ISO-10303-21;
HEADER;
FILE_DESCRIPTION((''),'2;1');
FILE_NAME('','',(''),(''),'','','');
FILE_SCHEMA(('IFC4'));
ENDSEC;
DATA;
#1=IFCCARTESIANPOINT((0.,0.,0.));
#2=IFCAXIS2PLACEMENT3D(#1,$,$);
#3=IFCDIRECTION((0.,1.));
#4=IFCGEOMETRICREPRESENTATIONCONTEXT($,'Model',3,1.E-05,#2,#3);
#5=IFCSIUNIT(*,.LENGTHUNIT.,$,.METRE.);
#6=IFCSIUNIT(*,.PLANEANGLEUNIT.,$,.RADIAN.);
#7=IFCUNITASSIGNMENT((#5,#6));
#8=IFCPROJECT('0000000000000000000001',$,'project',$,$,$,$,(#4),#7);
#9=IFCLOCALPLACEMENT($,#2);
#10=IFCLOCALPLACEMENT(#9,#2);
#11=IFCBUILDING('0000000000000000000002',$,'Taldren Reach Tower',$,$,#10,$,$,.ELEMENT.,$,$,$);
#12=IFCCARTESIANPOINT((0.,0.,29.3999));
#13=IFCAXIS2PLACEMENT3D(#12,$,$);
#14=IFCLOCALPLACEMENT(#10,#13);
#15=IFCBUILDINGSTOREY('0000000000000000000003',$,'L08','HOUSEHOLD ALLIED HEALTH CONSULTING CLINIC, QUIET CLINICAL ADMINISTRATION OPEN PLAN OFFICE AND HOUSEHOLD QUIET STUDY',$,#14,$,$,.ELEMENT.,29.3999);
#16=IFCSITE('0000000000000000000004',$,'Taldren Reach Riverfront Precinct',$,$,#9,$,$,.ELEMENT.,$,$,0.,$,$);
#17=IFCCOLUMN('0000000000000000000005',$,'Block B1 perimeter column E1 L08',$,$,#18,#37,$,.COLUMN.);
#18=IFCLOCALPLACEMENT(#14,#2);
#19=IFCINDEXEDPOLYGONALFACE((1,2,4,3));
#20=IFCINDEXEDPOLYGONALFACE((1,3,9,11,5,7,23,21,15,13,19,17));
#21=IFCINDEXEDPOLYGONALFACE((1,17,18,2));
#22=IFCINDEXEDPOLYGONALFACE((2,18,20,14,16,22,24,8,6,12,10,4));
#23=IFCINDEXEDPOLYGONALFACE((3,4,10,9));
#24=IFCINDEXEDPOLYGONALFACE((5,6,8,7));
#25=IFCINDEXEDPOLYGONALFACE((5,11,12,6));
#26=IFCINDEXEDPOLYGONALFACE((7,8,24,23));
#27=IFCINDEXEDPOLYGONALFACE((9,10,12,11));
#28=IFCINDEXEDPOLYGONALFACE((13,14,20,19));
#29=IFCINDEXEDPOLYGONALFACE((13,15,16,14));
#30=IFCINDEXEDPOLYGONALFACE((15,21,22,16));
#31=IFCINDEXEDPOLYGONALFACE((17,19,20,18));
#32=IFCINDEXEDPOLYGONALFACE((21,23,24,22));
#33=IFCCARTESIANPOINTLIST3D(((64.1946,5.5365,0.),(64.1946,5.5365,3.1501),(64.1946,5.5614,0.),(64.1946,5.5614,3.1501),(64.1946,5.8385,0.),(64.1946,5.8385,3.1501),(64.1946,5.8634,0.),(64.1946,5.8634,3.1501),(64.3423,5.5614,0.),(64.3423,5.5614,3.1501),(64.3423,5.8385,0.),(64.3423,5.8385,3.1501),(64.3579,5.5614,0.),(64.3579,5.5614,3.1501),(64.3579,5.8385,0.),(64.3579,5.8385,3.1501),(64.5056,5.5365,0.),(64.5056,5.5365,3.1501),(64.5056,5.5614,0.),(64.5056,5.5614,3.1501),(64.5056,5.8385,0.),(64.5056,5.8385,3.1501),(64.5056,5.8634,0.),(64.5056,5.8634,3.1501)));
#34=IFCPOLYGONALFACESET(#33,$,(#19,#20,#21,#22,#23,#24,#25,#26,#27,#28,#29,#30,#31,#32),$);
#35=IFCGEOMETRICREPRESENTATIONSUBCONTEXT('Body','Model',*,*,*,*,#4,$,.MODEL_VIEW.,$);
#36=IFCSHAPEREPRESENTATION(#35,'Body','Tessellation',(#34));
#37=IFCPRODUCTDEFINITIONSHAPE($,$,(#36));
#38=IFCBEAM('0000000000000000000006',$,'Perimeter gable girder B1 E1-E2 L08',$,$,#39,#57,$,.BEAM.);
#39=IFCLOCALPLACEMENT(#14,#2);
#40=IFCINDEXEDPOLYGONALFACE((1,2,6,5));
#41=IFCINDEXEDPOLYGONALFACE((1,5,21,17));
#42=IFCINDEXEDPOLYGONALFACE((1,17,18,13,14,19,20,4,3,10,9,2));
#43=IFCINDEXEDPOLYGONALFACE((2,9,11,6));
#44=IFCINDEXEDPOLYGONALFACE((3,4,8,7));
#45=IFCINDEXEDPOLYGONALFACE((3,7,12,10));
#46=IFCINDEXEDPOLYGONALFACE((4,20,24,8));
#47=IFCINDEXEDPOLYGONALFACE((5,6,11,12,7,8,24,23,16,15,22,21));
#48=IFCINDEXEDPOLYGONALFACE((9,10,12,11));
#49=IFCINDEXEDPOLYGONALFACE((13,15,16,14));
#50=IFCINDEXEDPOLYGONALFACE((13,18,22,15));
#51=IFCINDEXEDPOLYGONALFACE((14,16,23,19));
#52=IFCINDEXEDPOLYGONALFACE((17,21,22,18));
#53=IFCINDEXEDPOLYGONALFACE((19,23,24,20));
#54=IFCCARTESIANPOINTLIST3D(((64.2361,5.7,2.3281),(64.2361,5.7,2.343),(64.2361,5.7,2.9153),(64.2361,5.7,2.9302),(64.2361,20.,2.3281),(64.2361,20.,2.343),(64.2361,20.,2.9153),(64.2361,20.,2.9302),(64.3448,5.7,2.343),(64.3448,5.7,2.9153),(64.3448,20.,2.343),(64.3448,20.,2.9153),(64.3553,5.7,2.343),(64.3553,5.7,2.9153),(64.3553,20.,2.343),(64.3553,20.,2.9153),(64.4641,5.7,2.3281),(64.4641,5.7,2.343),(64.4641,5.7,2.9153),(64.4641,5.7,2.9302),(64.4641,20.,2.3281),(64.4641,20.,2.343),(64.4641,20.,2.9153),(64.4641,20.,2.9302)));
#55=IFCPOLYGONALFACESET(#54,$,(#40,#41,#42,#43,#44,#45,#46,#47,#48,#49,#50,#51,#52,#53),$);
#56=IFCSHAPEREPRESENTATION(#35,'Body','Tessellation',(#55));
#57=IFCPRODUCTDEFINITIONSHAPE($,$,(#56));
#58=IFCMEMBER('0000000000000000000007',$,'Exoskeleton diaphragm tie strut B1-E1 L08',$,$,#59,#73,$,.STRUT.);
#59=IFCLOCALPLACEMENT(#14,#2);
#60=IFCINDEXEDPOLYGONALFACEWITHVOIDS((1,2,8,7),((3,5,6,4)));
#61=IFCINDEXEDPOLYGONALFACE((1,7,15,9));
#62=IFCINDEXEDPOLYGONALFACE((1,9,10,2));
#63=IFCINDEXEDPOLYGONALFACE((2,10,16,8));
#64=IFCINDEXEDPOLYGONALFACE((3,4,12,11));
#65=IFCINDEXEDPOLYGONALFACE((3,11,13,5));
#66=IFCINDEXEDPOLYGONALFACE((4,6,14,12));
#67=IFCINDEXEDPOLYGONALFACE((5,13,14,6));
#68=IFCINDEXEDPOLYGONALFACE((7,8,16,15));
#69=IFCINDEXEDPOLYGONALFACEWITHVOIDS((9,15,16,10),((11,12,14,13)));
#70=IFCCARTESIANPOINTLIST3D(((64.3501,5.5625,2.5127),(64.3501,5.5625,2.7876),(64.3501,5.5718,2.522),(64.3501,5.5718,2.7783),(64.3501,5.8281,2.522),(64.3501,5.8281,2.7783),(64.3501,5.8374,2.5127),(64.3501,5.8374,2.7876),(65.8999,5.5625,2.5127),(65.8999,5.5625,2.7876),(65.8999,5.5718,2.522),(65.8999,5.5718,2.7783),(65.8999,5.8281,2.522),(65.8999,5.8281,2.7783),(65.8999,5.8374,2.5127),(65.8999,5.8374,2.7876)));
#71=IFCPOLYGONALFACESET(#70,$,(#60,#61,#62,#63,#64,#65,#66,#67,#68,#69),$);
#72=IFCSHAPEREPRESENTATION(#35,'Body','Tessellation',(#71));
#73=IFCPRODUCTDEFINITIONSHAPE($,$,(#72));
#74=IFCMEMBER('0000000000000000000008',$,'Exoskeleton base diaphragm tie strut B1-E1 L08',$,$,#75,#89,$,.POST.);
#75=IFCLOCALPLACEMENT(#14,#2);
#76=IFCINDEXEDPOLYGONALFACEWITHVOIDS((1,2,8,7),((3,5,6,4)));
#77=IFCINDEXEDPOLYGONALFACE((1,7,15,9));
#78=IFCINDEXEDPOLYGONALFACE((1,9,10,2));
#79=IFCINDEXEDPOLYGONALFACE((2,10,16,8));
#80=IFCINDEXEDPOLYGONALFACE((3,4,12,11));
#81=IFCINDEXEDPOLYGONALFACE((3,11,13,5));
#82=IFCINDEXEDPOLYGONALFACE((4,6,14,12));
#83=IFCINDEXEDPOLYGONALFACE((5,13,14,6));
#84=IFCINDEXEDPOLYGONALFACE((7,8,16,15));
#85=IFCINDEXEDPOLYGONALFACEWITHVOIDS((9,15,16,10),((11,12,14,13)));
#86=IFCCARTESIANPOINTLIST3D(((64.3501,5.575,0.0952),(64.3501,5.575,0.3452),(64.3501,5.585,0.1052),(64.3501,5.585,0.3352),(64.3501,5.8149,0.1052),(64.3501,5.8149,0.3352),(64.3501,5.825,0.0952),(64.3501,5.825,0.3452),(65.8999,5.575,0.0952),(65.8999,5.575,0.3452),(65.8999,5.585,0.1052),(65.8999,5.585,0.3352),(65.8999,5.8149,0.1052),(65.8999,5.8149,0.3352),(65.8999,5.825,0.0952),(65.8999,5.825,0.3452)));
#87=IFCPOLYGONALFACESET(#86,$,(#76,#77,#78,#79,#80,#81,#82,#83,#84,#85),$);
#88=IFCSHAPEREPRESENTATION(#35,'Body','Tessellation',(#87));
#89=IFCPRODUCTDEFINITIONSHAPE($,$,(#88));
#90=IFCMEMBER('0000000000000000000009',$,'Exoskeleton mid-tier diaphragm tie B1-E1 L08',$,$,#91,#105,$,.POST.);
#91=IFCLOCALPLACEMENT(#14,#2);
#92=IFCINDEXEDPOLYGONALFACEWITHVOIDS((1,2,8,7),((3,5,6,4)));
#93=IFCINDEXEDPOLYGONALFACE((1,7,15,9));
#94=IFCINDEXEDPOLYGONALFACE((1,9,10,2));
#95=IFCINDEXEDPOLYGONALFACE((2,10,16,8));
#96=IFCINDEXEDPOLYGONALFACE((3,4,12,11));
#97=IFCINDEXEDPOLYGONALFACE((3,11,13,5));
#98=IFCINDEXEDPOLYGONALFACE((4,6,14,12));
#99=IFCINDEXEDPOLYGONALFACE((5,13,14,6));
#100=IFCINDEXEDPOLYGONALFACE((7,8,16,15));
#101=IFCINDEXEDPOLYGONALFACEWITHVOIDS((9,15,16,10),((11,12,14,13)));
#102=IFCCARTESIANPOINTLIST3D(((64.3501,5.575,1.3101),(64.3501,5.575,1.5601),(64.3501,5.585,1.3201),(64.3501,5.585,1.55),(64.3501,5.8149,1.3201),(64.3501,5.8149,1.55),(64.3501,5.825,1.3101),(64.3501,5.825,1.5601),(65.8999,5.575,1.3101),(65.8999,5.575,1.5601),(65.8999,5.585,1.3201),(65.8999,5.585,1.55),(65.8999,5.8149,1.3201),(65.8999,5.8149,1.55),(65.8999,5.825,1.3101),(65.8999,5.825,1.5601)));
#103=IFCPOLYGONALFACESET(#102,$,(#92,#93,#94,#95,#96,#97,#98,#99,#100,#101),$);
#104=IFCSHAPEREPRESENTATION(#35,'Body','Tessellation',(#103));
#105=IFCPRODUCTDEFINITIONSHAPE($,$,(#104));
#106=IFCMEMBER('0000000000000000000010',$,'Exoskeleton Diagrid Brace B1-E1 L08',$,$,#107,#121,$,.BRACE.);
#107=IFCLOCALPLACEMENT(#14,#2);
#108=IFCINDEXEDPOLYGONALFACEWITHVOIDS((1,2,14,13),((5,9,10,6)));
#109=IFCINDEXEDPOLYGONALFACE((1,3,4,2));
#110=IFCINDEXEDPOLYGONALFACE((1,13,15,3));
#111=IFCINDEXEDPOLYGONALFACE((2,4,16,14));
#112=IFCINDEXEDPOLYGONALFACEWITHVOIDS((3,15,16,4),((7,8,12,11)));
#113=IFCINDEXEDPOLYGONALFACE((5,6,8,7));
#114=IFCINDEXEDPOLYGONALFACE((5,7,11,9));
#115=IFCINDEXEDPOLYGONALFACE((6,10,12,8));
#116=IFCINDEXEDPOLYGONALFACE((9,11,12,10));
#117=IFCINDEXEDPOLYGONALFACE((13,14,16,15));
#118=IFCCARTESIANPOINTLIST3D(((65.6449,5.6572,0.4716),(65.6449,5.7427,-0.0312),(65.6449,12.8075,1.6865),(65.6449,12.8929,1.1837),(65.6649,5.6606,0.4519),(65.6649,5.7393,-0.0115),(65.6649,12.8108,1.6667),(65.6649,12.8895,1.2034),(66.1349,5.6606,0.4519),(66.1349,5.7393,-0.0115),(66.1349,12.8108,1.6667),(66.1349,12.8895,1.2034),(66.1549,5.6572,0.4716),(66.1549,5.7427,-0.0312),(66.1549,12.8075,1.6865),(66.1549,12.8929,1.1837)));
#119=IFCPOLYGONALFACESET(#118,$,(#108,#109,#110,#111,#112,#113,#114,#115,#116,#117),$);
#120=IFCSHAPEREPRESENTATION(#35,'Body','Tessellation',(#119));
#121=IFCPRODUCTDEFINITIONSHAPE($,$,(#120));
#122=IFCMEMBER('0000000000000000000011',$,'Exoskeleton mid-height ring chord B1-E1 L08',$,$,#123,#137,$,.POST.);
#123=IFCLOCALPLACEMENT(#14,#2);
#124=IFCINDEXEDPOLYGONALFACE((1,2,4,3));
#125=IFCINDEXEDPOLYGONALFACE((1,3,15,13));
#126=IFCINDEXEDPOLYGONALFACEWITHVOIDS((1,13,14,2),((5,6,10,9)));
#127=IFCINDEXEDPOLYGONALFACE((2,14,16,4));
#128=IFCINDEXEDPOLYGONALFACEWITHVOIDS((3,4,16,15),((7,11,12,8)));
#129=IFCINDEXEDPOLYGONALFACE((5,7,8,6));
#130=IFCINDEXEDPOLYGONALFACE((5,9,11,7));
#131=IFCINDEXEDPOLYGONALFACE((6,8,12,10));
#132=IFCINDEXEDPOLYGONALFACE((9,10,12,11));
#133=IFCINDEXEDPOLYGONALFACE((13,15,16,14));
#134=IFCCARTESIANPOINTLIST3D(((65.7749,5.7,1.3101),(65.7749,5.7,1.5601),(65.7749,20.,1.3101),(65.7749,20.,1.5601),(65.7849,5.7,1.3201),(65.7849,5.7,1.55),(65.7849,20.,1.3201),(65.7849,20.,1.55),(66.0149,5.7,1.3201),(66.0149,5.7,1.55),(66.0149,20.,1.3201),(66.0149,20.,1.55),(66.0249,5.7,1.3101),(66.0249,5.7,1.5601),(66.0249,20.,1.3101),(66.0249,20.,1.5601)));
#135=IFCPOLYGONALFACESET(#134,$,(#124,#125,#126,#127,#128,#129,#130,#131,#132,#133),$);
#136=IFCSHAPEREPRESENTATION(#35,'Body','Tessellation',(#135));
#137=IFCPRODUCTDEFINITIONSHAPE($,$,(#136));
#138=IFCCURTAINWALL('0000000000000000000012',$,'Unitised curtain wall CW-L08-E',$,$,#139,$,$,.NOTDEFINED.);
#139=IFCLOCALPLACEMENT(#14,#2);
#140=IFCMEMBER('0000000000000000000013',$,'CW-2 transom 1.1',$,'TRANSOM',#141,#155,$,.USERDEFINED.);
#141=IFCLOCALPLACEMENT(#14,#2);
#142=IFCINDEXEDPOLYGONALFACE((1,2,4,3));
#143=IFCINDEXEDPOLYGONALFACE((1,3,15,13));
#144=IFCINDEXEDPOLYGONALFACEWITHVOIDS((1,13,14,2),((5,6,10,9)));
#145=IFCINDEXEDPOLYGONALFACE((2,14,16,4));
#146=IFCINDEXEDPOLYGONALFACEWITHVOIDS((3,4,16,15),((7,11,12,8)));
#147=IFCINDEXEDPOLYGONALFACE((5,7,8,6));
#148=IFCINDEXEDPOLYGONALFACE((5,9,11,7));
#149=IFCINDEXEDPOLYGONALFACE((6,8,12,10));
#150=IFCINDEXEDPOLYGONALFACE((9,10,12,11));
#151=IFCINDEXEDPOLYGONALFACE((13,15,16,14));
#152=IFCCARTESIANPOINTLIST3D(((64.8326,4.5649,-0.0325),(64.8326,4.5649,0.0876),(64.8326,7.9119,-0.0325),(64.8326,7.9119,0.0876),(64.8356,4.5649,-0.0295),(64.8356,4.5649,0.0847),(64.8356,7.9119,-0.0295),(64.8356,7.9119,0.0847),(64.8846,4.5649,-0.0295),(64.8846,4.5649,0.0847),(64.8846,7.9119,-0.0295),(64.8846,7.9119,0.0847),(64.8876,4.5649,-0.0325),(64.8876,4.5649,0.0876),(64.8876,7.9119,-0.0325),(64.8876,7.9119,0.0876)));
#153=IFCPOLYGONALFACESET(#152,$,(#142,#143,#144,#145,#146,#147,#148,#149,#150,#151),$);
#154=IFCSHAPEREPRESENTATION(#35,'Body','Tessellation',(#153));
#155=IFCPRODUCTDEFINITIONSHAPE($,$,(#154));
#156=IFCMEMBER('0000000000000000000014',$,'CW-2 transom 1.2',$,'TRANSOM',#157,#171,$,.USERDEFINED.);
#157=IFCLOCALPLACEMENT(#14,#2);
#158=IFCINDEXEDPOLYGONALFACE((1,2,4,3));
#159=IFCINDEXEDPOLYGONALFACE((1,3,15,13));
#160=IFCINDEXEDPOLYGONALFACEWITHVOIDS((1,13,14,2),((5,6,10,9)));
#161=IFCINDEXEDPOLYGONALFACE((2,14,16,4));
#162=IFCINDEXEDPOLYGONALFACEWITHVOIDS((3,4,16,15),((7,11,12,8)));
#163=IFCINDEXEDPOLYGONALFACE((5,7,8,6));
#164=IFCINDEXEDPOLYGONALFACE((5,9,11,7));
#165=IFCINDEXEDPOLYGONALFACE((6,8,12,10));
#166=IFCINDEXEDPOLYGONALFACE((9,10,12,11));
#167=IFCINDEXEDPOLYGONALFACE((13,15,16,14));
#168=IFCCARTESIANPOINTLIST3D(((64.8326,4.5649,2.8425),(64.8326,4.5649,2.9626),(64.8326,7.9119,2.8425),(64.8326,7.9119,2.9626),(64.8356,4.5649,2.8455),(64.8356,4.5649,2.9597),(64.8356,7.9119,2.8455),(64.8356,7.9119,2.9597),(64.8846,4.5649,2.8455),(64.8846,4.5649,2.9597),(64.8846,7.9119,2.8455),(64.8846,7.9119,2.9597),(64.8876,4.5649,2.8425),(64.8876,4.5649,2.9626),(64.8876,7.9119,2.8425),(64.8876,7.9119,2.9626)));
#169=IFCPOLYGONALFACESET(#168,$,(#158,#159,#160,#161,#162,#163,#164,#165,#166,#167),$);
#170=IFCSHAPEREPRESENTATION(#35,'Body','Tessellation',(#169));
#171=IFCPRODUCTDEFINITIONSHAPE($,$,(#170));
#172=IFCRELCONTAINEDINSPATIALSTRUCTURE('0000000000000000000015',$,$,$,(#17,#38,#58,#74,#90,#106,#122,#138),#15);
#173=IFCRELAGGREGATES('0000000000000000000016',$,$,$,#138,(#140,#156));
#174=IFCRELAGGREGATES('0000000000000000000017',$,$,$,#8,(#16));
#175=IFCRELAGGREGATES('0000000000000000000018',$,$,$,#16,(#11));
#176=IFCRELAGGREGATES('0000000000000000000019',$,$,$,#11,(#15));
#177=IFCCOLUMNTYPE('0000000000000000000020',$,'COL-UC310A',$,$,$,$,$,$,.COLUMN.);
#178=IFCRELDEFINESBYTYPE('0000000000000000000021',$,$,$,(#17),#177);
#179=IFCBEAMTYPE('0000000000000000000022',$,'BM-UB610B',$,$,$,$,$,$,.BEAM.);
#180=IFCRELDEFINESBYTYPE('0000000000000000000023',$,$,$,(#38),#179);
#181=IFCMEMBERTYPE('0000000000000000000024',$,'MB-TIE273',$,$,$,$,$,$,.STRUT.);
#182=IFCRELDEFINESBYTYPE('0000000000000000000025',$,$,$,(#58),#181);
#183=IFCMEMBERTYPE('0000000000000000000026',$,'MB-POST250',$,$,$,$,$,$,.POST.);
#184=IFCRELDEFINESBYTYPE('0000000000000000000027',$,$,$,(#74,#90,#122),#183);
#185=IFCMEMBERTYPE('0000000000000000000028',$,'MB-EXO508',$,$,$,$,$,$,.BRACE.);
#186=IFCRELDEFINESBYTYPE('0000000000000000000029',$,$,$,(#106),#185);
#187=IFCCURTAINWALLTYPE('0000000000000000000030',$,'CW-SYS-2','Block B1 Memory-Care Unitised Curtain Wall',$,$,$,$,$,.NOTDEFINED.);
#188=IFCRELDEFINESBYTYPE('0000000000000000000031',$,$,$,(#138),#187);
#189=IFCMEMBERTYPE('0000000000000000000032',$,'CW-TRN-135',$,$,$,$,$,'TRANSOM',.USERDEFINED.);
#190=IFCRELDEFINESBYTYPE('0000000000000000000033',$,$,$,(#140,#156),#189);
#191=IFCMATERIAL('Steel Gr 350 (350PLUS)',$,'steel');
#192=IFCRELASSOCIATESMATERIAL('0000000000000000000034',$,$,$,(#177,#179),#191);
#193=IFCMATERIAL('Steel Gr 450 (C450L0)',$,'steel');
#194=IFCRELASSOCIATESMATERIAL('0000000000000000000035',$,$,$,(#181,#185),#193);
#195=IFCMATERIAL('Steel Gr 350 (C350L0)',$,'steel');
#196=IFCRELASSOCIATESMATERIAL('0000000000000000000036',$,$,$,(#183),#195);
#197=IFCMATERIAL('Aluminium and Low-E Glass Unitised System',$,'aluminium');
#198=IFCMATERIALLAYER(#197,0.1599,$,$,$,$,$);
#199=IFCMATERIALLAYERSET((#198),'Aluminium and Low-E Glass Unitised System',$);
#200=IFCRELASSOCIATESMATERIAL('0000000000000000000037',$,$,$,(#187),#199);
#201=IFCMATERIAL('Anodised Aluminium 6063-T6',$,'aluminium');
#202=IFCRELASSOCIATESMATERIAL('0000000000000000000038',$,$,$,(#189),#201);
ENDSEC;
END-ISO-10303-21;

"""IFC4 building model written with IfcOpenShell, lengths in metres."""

from ifc_helpers import new_model, si_unit, direction, frame, origin, origin_2d, place, context, subcontext, project, spatial, hollow_rectangle, i_section, extrude, source, transform, mapped, material, layer, layer_set, material_profile, profile_set, type_object, element, aggregate, save


model = new_model("IFC4")

# Units and contexts
model_context = context("Model", 3, precision=1e-05, world=origin(), true_north=direction((0.0, 1.0)))
body_context = subcontext(model_context, "Body", "Model", "MODEL_VIEW")
ifc_project = project(units=[si_unit("LENGTHUNIT", "METRE"), si_unit("PLANEANGLEUNIT", "RADIAN")], contexts=[model_context])

# Site, building, storey
site_placement = place(None, origin())
site = spatial("IfcSite", under=ifc_project, at=site_placement, Name="Taldren Reach Riverfront Precinct", CompositionType="ELEMENT", RefElevation=0.0)
building_placement = place(site_placement, origin())
building = spatial("IfcBuilding", under=site, at=building_placement, Name="Taldren Reach Tower", CompositionType="ELEMENT")
storey_placement = place(building_placement, frame((0.0, 0.0, 29.3999)))
storey = spatial("IfcBuildingStorey", under=building, at=storey_placement, Name="L08", Description="HOUSEHOLD ALLIED HEALTH CONSULTING CLINIC, QUIET CLINICAL ADMINISTRATION OPEN PLAN OFFICE AND HOUSEHOLD QUIET STUDY", CompositionType="ELEMENT", Elevation=29.3999)

# Column
ifc_material_1 = material(Name="Steel Gr 350 (350PLUS)", Category="steel")
ifc_material_profile_1 = material_profile(ifc_material_1, i_section(OverallWidth=0.311, OverallDepth=0.3269, WebThickness=0.0156, FlangeThickness=0.0249, at=origin_2d()), Name="310UC158")
ifc_profile_set_1 = profile_set([ifc_material_profile_1], Name="Steel Gr 350 (350PLUS)")
column_type = type_object("IfcColumnType", Name="COL-UC310A", PredefinedType="COLUMN", material=ifc_profile_set_1)
shared_shape_1 = source(origin(), body_context, "Body", "SweptSolid", [
    extrude(i_section(OverallWidth=0.311, OverallDepth=0.3269, WebThickness=0.0156, FlangeThickness=0.0249, at=origin_2d()), origin(), (0.0, 0.0, 1.0), 3.1501),
])
column_placement = place(storey_placement, frame((64.3501, 5.7, 0.0), z_axis=(0.0, 0.0, 1.0), x_axis=(1.0, 0.0, 0.0)))
element("IfcColumn", 1, at=column_placement, inside=storey, type_object=column_type, Name="Block B1 perimeter column E1 L08", PredefinedType="COLUMN", context=body_context, shape_type="MappedRepresentation", body=[
    mapped(shared_shape_1, transform((0.0, 0.0, 0.0), scale=1.0)),
])

# Beam
ifc_material_profile_2 = material_profile(ifc_material_1, i_section(OverallWidth=0.228, OverallDepth=0.6021, WebThickness=0.0105, FlangeThickness=0.0149, at=origin_2d()), Name="610UB101")
ifc_profile_set_2 = profile_set([ifc_material_profile_2], Name="Steel Gr 350 (350PLUS)")
beam_type = type_object("IfcBeamType", Name="BM-UB610B", PredefinedType="BEAM", material=ifc_profile_set_2)
shared_shape_2 = source(origin(), body_context, "Body", "SweptSolid", [
    extrude(i_section(OverallWidth=0.228, OverallDepth=0.6021, WebThickness=0.0105, FlangeThickness=0.0149, at=origin_2d()), origin(), (0.0, 0.0, 1.0), 14.3),
])
beam_placement = place(storey_placement, frame((64.3501, 5.7, 2.6292), z_axis=(0.0, 1.0, 0.0), x_axis=(-1.0, 0.0, 0.0)))
element("IfcBeam", 2, at=beam_placement, inside=storey, type_object=beam_type, Name="Perimeter gable girder B1 E1-E2 L08", PredefinedType="BEAM", context=body_context, shape_type="MappedRepresentation", body=[
    mapped(shared_shape_2, transform((0.0, 0.0, 0.0), scale=1.0)),
])

# Members
ifc_material_2 = material(Name="Steel Gr 450 (C450L0)", Category="steel")
ifc_material_profile_3 = material_profile(ifc_material_2, hollow_rectangle(XDim=0.2749, YDim=0.2749, WallThickness=0.0093, at=origin_2d()), Name="275x275x9.3SHS")
ifc_profile_set_3 = profile_set([ifc_material_profile_3], Name="Steel Gr 450 (C450L0)")
member_type_1 = type_object("IfcMemberType", Name="MB-TIE273", PredefinedType="STRUT", material=ifc_profile_set_3)
shared_shape_3 = source(origin(), body_context, "Body", "SweptSolid", [
    extrude(hollow_rectangle(XDim=0.2749, YDim=0.2749, WallThickness=0.0093, at=origin_2d()), origin(), (0.0, 0.0, 1.0), 1.5498),
])
member_1_placement = place(storey_placement, frame((64.3501, 5.7, 2.6501), z_axis=(1.0, 0.0, 0.0), x_axis=(0.0, 1.0, 0.0)))
element("IfcMember", 3, at=member_1_placement, inside=storey, type_object=member_type_1, Name="Exoskeleton diaphragm tie strut B1-E1 L08", PredefinedType="STRUT", context=body_context, shape_type="MappedRepresentation", body=[
    mapped(shared_shape_3, transform((0.0, 0.0, 0.0), scale=1.0)),
])
ifc_material_3 = material(Name="Steel Gr 350 (C350L0)", Category="steel")
ifc_material_profile_4 = material_profile(ifc_material_3, hollow_rectangle(XDim=0.25, YDim=0.25, WallThickness=0.01, at=origin_2d()), Name="250x250x10.0SHS")
ifc_profile_set_4 = profile_set([ifc_material_profile_4], Name="Steel Gr 350 (C350L0)")
member_type_2 = type_object("IfcMemberType", Name="MB-POST250", PredefinedType="POST", material=ifc_profile_set_4)
shared_shape_4 = source(origin(), body_context, "Body", "SweptSolid", [
    extrude(hollow_rectangle(XDim=0.25, YDim=0.25, WallThickness=0.01, at=origin_2d()), origin(), (0.0, 0.0, 1.0), 1.5498),
])
for number, where, z_axis, x_axis, name in (
    (4, (64.3501, 5.7, 0.2202), (1.0, 0.0, 0.0), (0.0, 1.0, 0.0), "Exoskeleton base diaphragm tie strut B1-E1 L08"),
    (5, (64.3501, 5.7, 1.4351), (1.0, 0.0, 0.0), (0.0, 1.0, 0.0), "Exoskeleton mid-tier diaphragm tie B1-E1 L08"),
):
    element("IfcMember", number, at=place(storey_placement, frame(where, z_axis=z_axis, x_axis=x_axis)), inside=storey, type_object=member_type_2, Name=name, PredefinedType="POST", context=body_context, shape_type="MappedRepresentation", body=[
        mapped(shared_shape_4, transform((0.0, 0.0, 0.0), scale=1.0)),
    ])
ifc_material_profile_5 = material_profile(ifc_material_2, hollow_rectangle(XDim=0.51, YDim=0.51, WallThickness=0.02, at=origin_2d()), Name="510x510x20.0SHS")
ifc_profile_set_5 = profile_set([ifc_material_profile_5], Name="Steel Gr 450 (C450L0)")
member_type_3 = type_object("IfcMemberType", Name="MB-EXO508", PredefinedType="BRACE", material=ifc_profile_set_5)
shared_shape_5 = source(origin(), body_context, "Body", "SweptSolid", [
    extrude(hollow_rectangle(XDim=0.51, YDim=0.51, WallThickness=0.02, at=origin_2d()), origin(), (0.0, 0.0, 1.0), 7.2527),
])
member_2_placement = place(storey_placement, frame((65.8999, 5.7, 0.2202), z_axis=(0.0, 0.985871, 0.167504), x_axis=(-1.0, 0.0, 0.0)))
element("IfcMember", 6, at=member_2_placement, inside=storey, type_object=member_type_3, Name="Exoskeleton Diagrid Brace B1-E1 L08", PredefinedType="BRACE", context=body_context, shape_type="MappedRepresentation", body=[
    mapped(shared_shape_5, transform((0.0, 0.0, 0.0), scale=1.0)),
])
shared_shape_6 = source(origin(), body_context, "Body", "SweptSolid", [
    extrude(hollow_rectangle(XDim=0.25, YDim=0.25, WallThickness=0.01, at=origin_2d()), origin(), (0.0, 0.0, 1.0), 14.3),
])
member_3_placement = place(storey_placement, frame((65.8999, 5.7, 1.4351), z_axis=(0.0, 1.0, 0.0), x_axis=(-1.0, 0.0, 0.0)))
element("IfcMember", 7, at=member_3_placement, inside=storey, type_object=member_type_2, Name="Exoskeleton mid-height ring chord B1-E1 L08", PredefinedType="POST", context=body_context, shape_type="MappedRepresentation", body=[
    mapped(shared_shape_6, transform((0.0, 0.0, 0.0), scale=1.0)),
])

# Curtain wall, members
ifc_material_4 = material(Name="Aluminium and Low-E Glass Unitised System", Category="aluminium")
ifc_layer_1 = layer(ifc_material_4, 0.1599)
ifc_layer_set_1 = layer_set([ifc_layer_1], Name="Aluminium and Low-E Glass Unitised System")
curtain_wall_type = type_object("IfcCurtainWallType", Name="CW-SYS-2", Description="Block B1 Memory-Care Unitised Curtain Wall", PredefinedType="NOTDEFINED", material=ifc_layer_set_1)
curtain_wall_1_placement = place(storey_placement, origin())
curtain_wall_1 = element("IfcCurtainWall", 8, at=curtain_wall_1_placement, inside=storey, type_object=curtain_wall_type, Name="Unitised curtain wall CW-L08-E", PredefinedType="NOTDEFINED")
ifc_material_5 = material(Name="Anodised Aluminium 6063-T6", Category="aluminium")
ifc_material_profile_6 = material_profile(ifc_material_5, hollow_rectangle(XDim=0.0549, YDim=0.1201, WallThickness=0.0029, at=origin_2d()), Name="ALU-120x55x3RHS")
ifc_profile_set_6 = profile_set([ifc_material_profile_6], Name="Anodised Aluminium 6063-T6")
member_type_4 = type_object("IfcMemberType", Name="CW-TRN-135", ElementType="TRANSOM", PredefinedType="USERDEFINED", material=ifc_profile_set_6)
shared_shape_7 = source(origin(), body_context, "Body", "SweptSolid", [
    extrude(hollow_rectangle(XDim=0.0549, YDim=0.1201, WallThickness=0.0029, at=origin_2d()), origin(), (0.0, 0.0, 1.0), 3.3469),
])
member_4_placement = place(storey_placement, frame((64.8601, 4.5649, 0.0276), z_axis=(0.0, 1.0, 0.0), x_axis=(-1.0, 0.0, 0.0)))
member_4 = element("IfcMember", 9, at=member_4_placement, type_object=member_type_4, Name="CW-2 transom 1.1", ObjectType="TRANSOM", PredefinedType="USERDEFINED", context=body_context, shape_type="MappedRepresentation", body=[
    mapped(shared_shape_7, transform((0.0, 0.0, 0.0), scale=1.0)),
])
member_5_placement = place(storey_placement, frame((64.8601, 4.5649, 2.9026), z_axis=(0.0, 1.0, 0.0), x_axis=(-1.0, 0.0, 0.0)))
member_5 = element("IfcMember", 10, at=member_5_placement, type_object=member_type_4, Name="CW-2 transom 1.2", ObjectType="TRANSOM", PredefinedType="USERDEFINED", context=body_context, shape_type="MappedRepresentation", body=[
    mapped(shared_shape_7, transform((0.0, 0.0, 0.0), scale=1.0)),
])

aggregate(curtain_wall_1, [member_4, member_5])

save(model, "model.ifc")
